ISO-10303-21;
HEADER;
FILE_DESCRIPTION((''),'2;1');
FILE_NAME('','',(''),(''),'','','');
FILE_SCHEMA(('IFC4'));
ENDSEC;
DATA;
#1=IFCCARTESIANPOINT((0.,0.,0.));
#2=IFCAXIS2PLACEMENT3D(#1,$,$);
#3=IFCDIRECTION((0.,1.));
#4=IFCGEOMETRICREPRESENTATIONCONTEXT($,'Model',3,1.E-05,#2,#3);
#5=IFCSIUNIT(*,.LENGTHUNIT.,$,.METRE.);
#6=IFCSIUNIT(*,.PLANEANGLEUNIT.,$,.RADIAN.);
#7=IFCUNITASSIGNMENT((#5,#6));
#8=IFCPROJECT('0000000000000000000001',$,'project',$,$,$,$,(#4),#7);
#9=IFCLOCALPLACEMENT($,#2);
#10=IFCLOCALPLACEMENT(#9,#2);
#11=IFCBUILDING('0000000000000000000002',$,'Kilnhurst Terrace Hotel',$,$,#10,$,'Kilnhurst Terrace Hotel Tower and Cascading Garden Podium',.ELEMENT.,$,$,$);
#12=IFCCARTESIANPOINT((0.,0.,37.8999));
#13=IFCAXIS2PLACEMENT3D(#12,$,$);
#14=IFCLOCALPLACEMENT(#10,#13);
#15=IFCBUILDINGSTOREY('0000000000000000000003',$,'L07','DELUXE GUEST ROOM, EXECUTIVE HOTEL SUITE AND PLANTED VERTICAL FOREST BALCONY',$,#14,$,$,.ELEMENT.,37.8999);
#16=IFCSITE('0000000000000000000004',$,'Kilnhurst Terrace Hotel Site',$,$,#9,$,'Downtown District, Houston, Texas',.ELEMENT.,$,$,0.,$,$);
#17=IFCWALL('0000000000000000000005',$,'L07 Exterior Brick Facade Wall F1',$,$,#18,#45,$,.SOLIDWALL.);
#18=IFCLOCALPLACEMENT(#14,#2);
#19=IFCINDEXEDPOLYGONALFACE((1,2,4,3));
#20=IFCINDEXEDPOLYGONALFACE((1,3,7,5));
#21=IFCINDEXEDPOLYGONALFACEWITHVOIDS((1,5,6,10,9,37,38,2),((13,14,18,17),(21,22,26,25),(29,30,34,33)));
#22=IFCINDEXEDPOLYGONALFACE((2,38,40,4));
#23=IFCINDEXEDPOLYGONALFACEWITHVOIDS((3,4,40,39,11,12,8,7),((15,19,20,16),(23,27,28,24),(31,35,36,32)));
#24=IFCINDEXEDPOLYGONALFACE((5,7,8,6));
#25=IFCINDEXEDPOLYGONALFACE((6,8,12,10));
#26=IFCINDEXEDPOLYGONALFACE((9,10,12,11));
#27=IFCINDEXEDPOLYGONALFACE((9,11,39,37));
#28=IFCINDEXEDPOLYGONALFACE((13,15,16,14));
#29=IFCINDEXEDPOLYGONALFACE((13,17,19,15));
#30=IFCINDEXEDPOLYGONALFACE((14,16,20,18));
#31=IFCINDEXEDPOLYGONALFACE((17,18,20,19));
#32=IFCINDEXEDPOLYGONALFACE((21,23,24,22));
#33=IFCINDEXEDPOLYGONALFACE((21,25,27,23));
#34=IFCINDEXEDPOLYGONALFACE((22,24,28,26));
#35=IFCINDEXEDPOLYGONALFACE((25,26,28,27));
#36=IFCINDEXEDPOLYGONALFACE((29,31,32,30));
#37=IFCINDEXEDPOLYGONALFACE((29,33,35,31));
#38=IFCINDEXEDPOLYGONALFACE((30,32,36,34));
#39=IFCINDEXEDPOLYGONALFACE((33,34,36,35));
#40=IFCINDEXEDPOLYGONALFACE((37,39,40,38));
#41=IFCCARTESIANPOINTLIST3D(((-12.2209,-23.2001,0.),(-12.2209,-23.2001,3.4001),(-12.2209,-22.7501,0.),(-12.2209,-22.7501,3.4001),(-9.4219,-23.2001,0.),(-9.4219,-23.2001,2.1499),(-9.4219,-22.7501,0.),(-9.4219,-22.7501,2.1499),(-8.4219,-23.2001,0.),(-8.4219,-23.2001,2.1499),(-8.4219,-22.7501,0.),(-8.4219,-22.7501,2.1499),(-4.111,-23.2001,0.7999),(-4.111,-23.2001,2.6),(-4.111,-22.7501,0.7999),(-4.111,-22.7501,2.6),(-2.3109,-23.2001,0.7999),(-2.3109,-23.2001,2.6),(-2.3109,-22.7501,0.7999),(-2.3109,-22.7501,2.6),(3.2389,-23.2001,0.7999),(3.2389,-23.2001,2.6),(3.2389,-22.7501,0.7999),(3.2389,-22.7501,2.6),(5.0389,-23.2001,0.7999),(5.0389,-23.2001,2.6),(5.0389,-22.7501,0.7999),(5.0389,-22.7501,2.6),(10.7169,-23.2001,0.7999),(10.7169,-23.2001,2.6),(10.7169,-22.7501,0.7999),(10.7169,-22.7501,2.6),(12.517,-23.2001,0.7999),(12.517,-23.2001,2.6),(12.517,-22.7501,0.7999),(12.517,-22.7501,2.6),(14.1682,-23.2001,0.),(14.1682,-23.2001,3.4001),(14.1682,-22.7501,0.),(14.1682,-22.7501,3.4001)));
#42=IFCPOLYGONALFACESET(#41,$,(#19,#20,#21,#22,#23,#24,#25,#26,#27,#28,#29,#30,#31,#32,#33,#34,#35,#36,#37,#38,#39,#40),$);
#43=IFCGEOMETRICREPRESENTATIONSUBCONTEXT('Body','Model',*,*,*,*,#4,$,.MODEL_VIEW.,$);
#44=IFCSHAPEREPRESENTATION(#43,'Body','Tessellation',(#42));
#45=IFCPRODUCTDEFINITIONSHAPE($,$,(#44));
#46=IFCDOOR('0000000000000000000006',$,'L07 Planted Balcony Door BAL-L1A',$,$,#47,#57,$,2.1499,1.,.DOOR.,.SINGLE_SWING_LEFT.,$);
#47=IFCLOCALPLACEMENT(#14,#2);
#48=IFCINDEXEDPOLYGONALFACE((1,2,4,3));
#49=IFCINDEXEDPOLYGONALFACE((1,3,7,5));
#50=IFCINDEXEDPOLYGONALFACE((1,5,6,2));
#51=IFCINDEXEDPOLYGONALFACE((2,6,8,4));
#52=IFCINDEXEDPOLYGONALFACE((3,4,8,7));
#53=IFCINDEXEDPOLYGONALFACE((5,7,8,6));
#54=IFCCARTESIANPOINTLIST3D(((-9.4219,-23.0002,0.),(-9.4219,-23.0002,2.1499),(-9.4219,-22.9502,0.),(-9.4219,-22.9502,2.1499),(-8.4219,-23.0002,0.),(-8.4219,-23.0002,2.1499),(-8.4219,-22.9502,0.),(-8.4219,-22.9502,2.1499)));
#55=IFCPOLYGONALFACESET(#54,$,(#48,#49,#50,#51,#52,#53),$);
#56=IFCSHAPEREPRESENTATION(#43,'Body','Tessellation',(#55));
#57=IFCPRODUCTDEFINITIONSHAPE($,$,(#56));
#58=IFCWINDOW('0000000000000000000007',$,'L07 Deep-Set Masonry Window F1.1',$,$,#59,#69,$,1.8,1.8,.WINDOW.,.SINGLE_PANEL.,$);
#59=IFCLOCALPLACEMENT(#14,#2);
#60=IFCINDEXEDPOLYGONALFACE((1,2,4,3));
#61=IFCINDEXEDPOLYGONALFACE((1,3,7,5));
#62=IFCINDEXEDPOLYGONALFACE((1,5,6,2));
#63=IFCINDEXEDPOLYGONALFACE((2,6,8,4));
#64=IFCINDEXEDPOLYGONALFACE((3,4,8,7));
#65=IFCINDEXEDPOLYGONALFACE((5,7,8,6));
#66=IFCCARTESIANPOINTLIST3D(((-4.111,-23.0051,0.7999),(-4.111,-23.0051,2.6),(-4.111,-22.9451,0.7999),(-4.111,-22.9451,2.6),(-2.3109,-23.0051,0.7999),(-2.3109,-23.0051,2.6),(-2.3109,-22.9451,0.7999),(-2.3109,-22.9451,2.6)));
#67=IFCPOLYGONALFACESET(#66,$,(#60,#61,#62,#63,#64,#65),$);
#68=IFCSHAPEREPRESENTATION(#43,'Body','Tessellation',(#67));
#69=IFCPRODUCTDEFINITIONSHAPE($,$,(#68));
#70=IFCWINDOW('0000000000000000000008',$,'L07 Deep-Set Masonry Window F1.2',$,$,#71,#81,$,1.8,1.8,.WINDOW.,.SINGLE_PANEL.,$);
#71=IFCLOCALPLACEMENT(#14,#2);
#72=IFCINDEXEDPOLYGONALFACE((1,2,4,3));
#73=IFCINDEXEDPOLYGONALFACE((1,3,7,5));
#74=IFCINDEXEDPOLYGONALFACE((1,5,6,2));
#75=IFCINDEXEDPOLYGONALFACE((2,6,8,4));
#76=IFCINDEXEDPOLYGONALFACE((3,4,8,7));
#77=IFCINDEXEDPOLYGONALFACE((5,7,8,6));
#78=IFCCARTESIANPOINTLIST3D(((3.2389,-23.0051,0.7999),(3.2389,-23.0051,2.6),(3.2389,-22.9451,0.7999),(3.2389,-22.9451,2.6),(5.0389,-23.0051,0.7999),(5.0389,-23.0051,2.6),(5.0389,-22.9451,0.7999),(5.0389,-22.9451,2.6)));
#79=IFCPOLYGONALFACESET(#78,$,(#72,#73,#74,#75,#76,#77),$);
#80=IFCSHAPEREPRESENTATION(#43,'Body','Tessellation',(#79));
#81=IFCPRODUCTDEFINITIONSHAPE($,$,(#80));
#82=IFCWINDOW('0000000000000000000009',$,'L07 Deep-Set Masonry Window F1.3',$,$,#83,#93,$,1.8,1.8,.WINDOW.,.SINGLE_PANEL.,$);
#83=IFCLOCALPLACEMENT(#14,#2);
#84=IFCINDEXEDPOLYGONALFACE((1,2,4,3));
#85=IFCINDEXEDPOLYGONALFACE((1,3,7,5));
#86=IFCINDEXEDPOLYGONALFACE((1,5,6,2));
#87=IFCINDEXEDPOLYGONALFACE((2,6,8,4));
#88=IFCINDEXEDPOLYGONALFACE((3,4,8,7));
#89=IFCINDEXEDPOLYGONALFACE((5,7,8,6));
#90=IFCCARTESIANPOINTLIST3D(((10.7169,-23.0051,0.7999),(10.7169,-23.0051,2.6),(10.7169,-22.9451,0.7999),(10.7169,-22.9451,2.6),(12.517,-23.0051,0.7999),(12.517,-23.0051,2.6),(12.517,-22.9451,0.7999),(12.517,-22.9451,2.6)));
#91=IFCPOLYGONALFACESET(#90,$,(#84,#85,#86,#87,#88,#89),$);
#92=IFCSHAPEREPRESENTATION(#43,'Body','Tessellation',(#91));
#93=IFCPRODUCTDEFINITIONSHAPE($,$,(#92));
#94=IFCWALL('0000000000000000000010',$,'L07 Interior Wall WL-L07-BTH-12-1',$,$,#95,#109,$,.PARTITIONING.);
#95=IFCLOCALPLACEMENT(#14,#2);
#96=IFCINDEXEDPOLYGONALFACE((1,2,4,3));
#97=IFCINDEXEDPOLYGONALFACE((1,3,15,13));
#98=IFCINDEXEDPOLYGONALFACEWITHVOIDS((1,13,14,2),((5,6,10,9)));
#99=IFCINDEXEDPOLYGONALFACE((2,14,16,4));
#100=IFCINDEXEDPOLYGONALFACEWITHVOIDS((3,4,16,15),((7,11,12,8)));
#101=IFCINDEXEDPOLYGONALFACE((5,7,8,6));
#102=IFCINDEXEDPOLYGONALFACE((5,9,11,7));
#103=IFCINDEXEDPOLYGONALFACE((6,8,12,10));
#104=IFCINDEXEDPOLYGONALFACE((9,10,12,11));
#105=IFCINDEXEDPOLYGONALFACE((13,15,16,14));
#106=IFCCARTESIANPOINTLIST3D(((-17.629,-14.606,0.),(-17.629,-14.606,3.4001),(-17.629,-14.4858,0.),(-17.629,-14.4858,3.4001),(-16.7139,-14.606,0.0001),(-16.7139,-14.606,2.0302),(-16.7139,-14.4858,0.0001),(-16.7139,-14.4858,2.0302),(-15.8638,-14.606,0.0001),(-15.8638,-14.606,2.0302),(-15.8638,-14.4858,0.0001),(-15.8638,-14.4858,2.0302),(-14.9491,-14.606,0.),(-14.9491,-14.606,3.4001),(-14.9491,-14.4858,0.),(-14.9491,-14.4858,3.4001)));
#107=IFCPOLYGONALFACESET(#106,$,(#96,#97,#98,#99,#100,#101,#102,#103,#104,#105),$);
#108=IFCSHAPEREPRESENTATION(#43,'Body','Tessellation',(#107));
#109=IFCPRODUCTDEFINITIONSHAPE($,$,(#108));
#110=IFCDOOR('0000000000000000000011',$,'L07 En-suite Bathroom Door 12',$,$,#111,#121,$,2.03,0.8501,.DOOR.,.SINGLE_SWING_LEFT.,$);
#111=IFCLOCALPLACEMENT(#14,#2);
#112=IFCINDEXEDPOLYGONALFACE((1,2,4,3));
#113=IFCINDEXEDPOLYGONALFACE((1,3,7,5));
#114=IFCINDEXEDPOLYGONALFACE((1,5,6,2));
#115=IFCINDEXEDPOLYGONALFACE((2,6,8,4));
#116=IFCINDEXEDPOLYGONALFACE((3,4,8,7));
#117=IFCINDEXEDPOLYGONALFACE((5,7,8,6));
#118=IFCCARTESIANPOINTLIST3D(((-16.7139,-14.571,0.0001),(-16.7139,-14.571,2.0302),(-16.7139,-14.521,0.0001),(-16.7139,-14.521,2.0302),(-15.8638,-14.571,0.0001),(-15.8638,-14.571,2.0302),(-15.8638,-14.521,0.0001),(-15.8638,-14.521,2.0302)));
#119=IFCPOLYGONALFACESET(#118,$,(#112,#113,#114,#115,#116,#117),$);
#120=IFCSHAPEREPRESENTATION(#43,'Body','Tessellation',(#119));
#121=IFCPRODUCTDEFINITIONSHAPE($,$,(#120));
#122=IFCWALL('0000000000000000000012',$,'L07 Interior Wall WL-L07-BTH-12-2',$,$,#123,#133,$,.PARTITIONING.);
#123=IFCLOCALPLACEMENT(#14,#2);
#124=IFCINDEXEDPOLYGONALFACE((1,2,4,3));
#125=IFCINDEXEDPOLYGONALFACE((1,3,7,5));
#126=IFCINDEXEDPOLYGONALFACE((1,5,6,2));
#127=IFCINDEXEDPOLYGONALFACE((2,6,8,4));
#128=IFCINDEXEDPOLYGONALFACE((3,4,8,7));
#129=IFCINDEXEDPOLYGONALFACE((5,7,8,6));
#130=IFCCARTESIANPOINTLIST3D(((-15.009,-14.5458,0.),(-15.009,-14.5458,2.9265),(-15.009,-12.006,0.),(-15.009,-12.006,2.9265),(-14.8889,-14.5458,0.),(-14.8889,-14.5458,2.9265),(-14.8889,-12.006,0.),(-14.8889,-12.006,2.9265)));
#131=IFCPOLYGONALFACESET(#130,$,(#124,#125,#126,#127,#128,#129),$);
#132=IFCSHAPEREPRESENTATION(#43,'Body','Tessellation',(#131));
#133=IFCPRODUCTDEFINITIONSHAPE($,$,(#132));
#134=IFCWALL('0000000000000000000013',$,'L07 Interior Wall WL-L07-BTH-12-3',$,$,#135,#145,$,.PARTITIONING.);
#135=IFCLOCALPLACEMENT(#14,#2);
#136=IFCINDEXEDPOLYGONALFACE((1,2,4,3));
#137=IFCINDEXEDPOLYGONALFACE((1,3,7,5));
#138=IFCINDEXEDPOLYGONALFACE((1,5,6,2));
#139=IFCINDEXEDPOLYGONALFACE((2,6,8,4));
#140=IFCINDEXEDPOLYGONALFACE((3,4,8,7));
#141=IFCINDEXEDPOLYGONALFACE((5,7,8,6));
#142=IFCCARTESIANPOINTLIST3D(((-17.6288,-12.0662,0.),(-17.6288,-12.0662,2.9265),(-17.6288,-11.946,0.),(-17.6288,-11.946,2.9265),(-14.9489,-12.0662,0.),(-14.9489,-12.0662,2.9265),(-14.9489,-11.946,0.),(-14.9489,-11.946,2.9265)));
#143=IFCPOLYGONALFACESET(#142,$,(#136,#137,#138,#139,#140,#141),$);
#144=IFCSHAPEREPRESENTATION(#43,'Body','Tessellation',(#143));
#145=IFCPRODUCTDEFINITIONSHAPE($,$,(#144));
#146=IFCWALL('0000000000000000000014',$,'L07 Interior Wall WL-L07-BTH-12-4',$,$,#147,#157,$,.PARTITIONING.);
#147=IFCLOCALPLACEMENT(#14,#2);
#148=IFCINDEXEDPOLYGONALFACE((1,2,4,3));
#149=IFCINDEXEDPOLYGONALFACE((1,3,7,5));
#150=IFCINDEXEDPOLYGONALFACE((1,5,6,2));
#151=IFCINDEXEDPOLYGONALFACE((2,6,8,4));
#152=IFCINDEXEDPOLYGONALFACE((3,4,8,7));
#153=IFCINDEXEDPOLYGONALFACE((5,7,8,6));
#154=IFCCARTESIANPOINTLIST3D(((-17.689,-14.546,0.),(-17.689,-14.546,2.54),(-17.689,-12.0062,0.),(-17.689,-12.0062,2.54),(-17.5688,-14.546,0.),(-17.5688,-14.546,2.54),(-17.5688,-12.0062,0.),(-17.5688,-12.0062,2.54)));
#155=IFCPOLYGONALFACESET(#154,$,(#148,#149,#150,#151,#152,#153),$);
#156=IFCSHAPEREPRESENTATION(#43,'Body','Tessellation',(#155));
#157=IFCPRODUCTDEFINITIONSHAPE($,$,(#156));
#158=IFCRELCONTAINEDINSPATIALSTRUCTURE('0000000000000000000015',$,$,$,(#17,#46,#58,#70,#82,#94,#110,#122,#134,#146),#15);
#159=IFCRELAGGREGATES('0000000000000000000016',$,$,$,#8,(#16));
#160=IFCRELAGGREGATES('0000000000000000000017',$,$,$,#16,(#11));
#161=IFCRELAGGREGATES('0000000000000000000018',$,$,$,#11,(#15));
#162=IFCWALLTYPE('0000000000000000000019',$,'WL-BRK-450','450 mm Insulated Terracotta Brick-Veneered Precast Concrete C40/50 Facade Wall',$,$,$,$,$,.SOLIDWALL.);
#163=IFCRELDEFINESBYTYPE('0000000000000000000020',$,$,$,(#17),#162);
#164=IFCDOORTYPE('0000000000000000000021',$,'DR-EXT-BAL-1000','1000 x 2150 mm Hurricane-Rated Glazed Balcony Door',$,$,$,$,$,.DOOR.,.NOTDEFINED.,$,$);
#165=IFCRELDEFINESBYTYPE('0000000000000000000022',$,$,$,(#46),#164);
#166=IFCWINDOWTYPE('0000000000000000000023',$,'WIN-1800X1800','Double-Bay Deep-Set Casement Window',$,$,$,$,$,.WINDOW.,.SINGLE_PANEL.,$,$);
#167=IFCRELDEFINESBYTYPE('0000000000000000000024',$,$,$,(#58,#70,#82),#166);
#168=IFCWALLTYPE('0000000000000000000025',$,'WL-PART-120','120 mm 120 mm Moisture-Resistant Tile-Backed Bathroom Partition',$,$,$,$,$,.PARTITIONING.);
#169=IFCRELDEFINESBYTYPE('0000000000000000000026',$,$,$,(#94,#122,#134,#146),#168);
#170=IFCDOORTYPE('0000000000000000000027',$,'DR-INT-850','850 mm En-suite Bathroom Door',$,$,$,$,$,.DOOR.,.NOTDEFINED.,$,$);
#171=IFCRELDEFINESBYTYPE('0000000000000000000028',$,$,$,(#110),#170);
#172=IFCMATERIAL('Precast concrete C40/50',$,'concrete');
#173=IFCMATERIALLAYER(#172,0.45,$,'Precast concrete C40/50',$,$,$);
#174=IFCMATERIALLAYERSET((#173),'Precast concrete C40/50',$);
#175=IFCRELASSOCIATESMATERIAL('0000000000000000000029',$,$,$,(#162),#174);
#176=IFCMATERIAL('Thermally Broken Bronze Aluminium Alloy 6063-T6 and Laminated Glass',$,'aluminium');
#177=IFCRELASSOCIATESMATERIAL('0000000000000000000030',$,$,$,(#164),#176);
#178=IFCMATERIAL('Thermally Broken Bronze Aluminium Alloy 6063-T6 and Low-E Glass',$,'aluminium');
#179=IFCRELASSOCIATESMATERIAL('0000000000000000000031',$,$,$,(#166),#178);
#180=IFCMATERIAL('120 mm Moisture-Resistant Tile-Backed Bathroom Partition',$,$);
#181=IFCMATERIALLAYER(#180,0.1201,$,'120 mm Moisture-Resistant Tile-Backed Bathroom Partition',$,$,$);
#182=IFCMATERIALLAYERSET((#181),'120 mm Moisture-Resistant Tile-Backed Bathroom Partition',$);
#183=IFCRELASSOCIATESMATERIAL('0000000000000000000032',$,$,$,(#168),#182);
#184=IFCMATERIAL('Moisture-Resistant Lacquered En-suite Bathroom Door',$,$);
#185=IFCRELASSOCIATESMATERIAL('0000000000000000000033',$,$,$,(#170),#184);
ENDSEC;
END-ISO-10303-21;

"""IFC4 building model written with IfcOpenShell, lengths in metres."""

from ifc_helpers import new_model, si_unit, direction, frame, frame_2d, origin, place, context, subcontext, project, spatial, rectangle, extrude, material, layer, layer_set, type_object, element, fill, save


model = new_model("IFC4")

# Units and contexts
model_context = context("Model", 3, precision=1e-05, world=origin(), true_north=direction((0.0, 1.0)))
body_context = subcontext(model_context, "Body", "Model", "MODEL_VIEW")
ifc_project = project(units=[si_unit("LENGTHUNIT", "METRE"), si_unit("PLANEANGLEUNIT", "RADIAN")], contexts=[model_context])

# Site, building, storey
site_placement = place(None, origin())
site = spatial("IfcSite", under=ifc_project, at=site_placement, Name="Kilnhurst Terrace Hotel Site", LongName="Downtown District, Houston, Texas", CompositionType="ELEMENT", RefElevation=0.0)
building_placement = place(site_placement, origin())
building = spatial("IfcBuilding", under=site, at=building_placement, Name="Kilnhurst Terrace Hotel", LongName="Kilnhurst Terrace Hotel Tower and Cascading Garden Podium", CompositionType="ELEMENT")
storey_placement = place(building_placement, frame((0.0, 0.0, 37.8999)))
storey = spatial("IfcBuildingStorey", under=building, at=storey_placement, Name="L07", Description="DELUXE GUEST ROOM, EXECUTIVE HOTEL SUITE AND PLANTED VERTICAL FOREST BALCONY", CompositionType="ELEMENT", Elevation=37.8999)

# Shared definitions
ifc_material_1 = material(Name="Precast concrete C40/50", Category="concrete")
ifc_layer_1 = layer(ifc_material_1, 0.45, Name="Precast concrete C40/50")
ifc_layer_set_1 = layer_set([ifc_layer_1], Name="Precast concrete C40/50")
wall_type_1 = type_object("IfcWallType", Name="WL-BRK-450", Description="450 mm Insulated Terracotta Brick-Veneered Precast Concrete C40/50 Facade Wall", PredefinedType="SOLIDWALL", material=ifc_layer_set_1)

# Wall, openings, door, windows
wall_1_placement = place(storey_placement, frame((-12.2209, -22.9751, 0.0), z_axis=(0.0, 0.0, 1.0), x_axis=(1.0, 0.0, 0.0)))
wall_1 = element("IfcWall", 1, at=wall_1_placement, inside=storey, type_object=wall_type_1, Name="L07 Exterior Brick Facade Wall F1", PredefinedType="SOLIDWALL", context=body_context, shape_type="SweptSolid", body=[
    extrude(rectangle(XDim=26.3892, YDim=0.45, at=frame_2d((13.1946, 0.0))), origin(), (0.0, 0.0, 1.0), 3.4001),
])
opening_1_placement = place(wall_1_placement, frame((2.7991, 0.0, 0.0)))
opening_1 = element("IfcOpeningElement", 2, at=opening_1_placement, cuts=wall_1, PredefinedType="OPENING", context=body_context, shape_type="SweptSolid", body=[
    extrude(rectangle(XDim=1.0, YDim=2.1499, at=frame_2d((0.5, 1.075))), frame((0.0, 0.2349, 0.0), z_axis=(0.0, -1.0, 0.0), x_axis=(1.0, 0.0, 0.0)), (0.0, 0.0, 1.0), 0.47),
])
opening_2_placement = place(wall_1_placement, frame((8.1101, 0.0, 0.8)))
opening_2 = element("IfcOpeningElement", 3, at=opening_2_placement, cuts=wall_1, PredefinedType="OPENING", context=body_context, shape_type="SweptSolid", body=[
    extrude(rectangle(XDim=1.8, YDim=1.8, at=frame_2d((0.8999, 0.8999))), frame((0.0, 0.2349, 0.0), z_axis=(0.0, -1.0, 0.0), x_axis=(1.0, 0.0, 0.0)), (0.0, 0.0, 1.0), 0.47),
])
opening_3_placement = place(wall_1_placement, frame((15.46, 0.0, 0.8)))
opening_3 = element("IfcOpeningElement", 4, at=opening_3_placement, cuts=wall_1, PredefinedType="OPENING", context=body_context, shape_type="SweptSolid", body=[
    extrude(rectangle(XDim=1.8, YDim=1.8, at=frame_2d((0.8999, 0.8999))), frame((0.0, 0.2349, 0.0), z_axis=(0.0, -1.0, 0.0), x_axis=(1.0, 0.0, 0.0)), (0.0, 0.0, 1.0), 0.47),
])
opening_4_placement = place(wall_1_placement, frame((22.938, 0.0, 0.8)))
opening_4 = element("IfcOpeningElement", 5, at=opening_4_placement, cuts=wall_1, PredefinedType="OPENING", context=body_context, shape_type="SweptSolid", body=[
    extrude(rectangle(XDim=1.8, YDim=1.8, at=frame_2d((0.8999, 0.8999))), frame((0.0, 0.2349, 0.0), z_axis=(0.0, -1.0, 0.0), x_axis=(1.0, 0.0, 0.0)), (0.0, 0.0, 1.0), 0.47),
])
ifc_material_2 = material(Name="Thermally Broken Bronze Aluminium Alloy 6063-T6 and Laminated Glass", Category="aluminium")
door_type_1 = type_object("IfcDoorType", Name="DR-EXT-BAL-1000", Description="1000 x 2150 mm Hurricane-Rated Glazed Balcony Door", OperationType="NOTDEFINED", PredefinedType="DOOR", material=ifc_material_2)
door_1_placement = place(opening_1_placement, origin())
door_1 = element("IfcDoor", 6, at=door_1_placement, inside=storey, type_object=door_type_1, Name="L07 Planted Balcony Door BAL-L1A", OperationType="SINGLE_SWING_LEFT", OverallHeight=2.1499, OverallWidth=1.0, PredefinedType="DOOR", context=body_context, shape_type="SweptSolid", body=[
    extrude(rectangle(XDim=1.0, YDim=2.1499, at=frame_2d((0.5, 1.075))), frame((0.0, 0.0249, 0.0), z_axis=(0.0, -1.0, 0.0), x_axis=(1.0, 0.0, 0.0)), (0.0, 0.0, 1.0), 0.05),
])
fill(opening_1, door_1)
ifc_material_3 = material(Name="Thermally Broken Bronze Aluminium Alloy 6063-T6 and Low-E Glass", Category="aluminium")
window_type = type_object("IfcWindowType", Name="WIN-1800X1800", Description="Double-Bay Deep-Set Casement Window", PartitioningType="SINGLE_PANEL", PredefinedType="WINDOW", material=ifc_material_3)
window_1_placement = place(opening_2_placement, origin())
window_1 = element("IfcWindow", 7, at=window_1_placement, inside=storey, type_object=window_type, Name="L07 Deep-Set Masonry Window F1.1", OverallHeight=1.8, OverallWidth=1.8, PartitioningType="SINGLE_PANEL", PredefinedType="WINDOW", context=body_context, shape_type="SweptSolid", body=[
    extrude(rectangle(XDim=1.8, YDim=1.8, at=frame_2d((0.8999, 0.8999))), frame((0.0, 0.03, 0.0), z_axis=(0.0, -1.0, 0.0), x_axis=(1.0, 0.0, 0.0)), (0.0, 0.0, 1.0), 0.0601),
])
fill(opening_2, window_1)
window_2_placement = place(opening_3_placement, origin())
window_2 = element("IfcWindow", 8, at=window_2_placement, inside=storey, type_object=window_type, Name="L07 Deep-Set Masonry Window F1.2", OverallHeight=1.8, OverallWidth=1.8, PartitioningType="SINGLE_PANEL", PredefinedType="WINDOW", context=body_context, shape_type="SweptSolid", body=[
    extrude(rectangle(XDim=1.8, YDim=1.8, at=frame_2d((0.8999, 0.8999))), frame((0.0, 0.03, 0.0), z_axis=(0.0, -1.0, 0.0), x_axis=(1.0, 0.0, 0.0)), (0.0, 0.0, 1.0), 0.0601),
])
fill(opening_3, window_2)
window_3_placement = place(opening_4_placement, origin())
window_3 = element("IfcWindow", 9, at=window_3_placement, inside=storey, type_object=window_type, Name="L07 Deep-Set Masonry Window F1.3", OverallHeight=1.8, OverallWidth=1.8, PartitioningType="SINGLE_PANEL", PredefinedType="WINDOW", context=body_context, shape_type="SweptSolid", body=[
    extrude(rectangle(XDim=1.8, YDim=1.8, at=frame_2d((0.8999, 0.8999))), frame((0.0, 0.03, 0.0), z_axis=(0.0, -1.0, 0.0), x_axis=(1.0, 0.0, 0.0)), (0.0, 0.0, 1.0), 0.0601),
])
fill(opening_4, window_3)

# Wall, opening, door
ifc_material_4 = material(Name="120 mm Moisture-Resistant Tile-Backed Bathroom Partition")
ifc_layer_2 = layer(ifc_material_4, 0.1201, Name="120 mm Moisture-Resistant Tile-Backed Bathroom Partition")
ifc_layer_set_2 = layer_set([ifc_layer_2], Name="120 mm Moisture-Resistant Tile-Backed Bathroom Partition")
wall_type_2 = type_object("IfcWallType", Name="WL-PART-120", Description="120 mm 120 mm Moisture-Resistant Tile-Backed Bathroom Partition", PredefinedType="PARTITIONING", material=ifc_layer_set_2)
wall_2_placement = place(storey_placement, frame((-17.6289, -14.5459, 0.0), z_axis=(0.0, 0.0, 1.0), x_axis=(1.0, 0.0, 0.0)))
wall_2 = element("IfcWall", 10, at=wall_2_placement, inside=storey, type_object=wall_type_2, Name="L07 Interior Wall WL-L07-BTH-12-1", PredefinedType="PARTITIONING", context=body_context, shape_type="SweptSolid", body=[
    extrude(rectangle(XDim=2.6799, YDim=0.1201, at=frame_2d((1.3398, 0.0))), origin(), (0.0, 0.0, 1.0), 3.4001),
])
opening_5_placement = place(wall_2_placement, frame((0.915, 0.0, 0.0)))
opening_5 = element("IfcOpeningElement", 11, at=opening_5_placement, cuts=wall_2, PredefinedType="OPENING", context=body_context, shape_type="SweptSolid", body=[
    extrude(rectangle(XDim=0.8501, YDim=2.03, at=frame_2d((0.425, 1.0151))), frame((0.0, 0.0701, 0.0), z_axis=(0.0, -1.0, 0.0), x_axis=(1.0, 0.0, 0.0)), (0.0, 0.0, 1.0), 0.1401),
])
ifc_material_5 = material(Name="Moisture-Resistant Lacquered En-suite Bathroom Door")
door_type_2 = type_object("IfcDoorType", Name="DR-INT-850", Description="850 mm En-suite Bathroom Door", OperationType="NOTDEFINED", PredefinedType="DOOR", material=ifc_material_5)
door_2_placement = place(opening_5_placement, origin())
door_2 = element("IfcDoor", 12, at=door_2_placement, inside=storey, type_object=door_type_2, Name="L07 En-suite Bathroom Door 12", OperationType="SINGLE_SWING_LEFT", OverallHeight=2.03, OverallWidth=0.8501, PredefinedType="DOOR", context=body_context, shape_type="SweptSolid", body=[
    extrude(rectangle(XDim=0.8501, YDim=2.03, at=frame_2d((0.425, 1.0151))), frame((0.0, 0.0249, 0.0), z_axis=(0.0, -1.0, 0.0), x_axis=(1.0, 0.0, 0.0)), (0.0, 0.0, 1.0), 0.05),
])
fill(opening_5, door_2)

# Walls
wall_3_placement = place(storey_placement, frame((-14.949, -14.5459, 0.0), z_axis=(0.0, 0.0, 1.0), x_axis=(0.0, 1.0, 0.0)))
element("IfcWall", 13, at=wall_3_placement, inside=storey, type_object=wall_type_2, Name="L07 Interior Wall WL-L07-BTH-12-2", PredefinedType="PARTITIONING", context=body_context, shape_type="SweptSolid", body=[
    extrude(rectangle(XDim=2.5398, YDim=0.1201, at=frame_2d((1.27, 0.0))), origin(), (0.0, 0.0, 1.0), 2.9265),
])
wall_4_placement = place(storey_placement, frame((-14.949, -12.0061, 0.0), z_axis=(0.0, 0.0, 1.0), x_axis=(-1.0, 0.0, 0.0)))
element("IfcWall", 14, at=wall_4_placement, inside=storey, type_object=wall_type_2, Name="L07 Interior Wall WL-L07-BTH-12-3", PredefinedType="PARTITIONING", context=body_context, shape_type="SweptSolid", body=[
    extrude(rectangle(XDim=2.6799, YDim=0.1201, at=frame_2d((1.3398, 0.0))), origin(), (0.0, 0.0, 1.0), 2.9265),
])
wall_5_placement = place(storey_placement, frame((-17.6289, -12.0061, 0.0), z_axis=(0.0, 0.0, 1.0), x_axis=(0.0, -1.0, 0.0)))
element("IfcWall", 15, at=wall_5_placement, inside=storey, type_object=wall_type_2, Name="L07 Interior Wall WL-L07-BTH-12-4", PredefinedType="PARTITIONING", context=body_context, shape_type="SweptSolid", body=[
    extrude(rectangle(XDim=2.5398, YDim=0.1201, at=frame_2d((1.27, 0.0))), origin(), (0.0, 0.0, 1.0), 2.54),
])

save(model, "model.ifc")
